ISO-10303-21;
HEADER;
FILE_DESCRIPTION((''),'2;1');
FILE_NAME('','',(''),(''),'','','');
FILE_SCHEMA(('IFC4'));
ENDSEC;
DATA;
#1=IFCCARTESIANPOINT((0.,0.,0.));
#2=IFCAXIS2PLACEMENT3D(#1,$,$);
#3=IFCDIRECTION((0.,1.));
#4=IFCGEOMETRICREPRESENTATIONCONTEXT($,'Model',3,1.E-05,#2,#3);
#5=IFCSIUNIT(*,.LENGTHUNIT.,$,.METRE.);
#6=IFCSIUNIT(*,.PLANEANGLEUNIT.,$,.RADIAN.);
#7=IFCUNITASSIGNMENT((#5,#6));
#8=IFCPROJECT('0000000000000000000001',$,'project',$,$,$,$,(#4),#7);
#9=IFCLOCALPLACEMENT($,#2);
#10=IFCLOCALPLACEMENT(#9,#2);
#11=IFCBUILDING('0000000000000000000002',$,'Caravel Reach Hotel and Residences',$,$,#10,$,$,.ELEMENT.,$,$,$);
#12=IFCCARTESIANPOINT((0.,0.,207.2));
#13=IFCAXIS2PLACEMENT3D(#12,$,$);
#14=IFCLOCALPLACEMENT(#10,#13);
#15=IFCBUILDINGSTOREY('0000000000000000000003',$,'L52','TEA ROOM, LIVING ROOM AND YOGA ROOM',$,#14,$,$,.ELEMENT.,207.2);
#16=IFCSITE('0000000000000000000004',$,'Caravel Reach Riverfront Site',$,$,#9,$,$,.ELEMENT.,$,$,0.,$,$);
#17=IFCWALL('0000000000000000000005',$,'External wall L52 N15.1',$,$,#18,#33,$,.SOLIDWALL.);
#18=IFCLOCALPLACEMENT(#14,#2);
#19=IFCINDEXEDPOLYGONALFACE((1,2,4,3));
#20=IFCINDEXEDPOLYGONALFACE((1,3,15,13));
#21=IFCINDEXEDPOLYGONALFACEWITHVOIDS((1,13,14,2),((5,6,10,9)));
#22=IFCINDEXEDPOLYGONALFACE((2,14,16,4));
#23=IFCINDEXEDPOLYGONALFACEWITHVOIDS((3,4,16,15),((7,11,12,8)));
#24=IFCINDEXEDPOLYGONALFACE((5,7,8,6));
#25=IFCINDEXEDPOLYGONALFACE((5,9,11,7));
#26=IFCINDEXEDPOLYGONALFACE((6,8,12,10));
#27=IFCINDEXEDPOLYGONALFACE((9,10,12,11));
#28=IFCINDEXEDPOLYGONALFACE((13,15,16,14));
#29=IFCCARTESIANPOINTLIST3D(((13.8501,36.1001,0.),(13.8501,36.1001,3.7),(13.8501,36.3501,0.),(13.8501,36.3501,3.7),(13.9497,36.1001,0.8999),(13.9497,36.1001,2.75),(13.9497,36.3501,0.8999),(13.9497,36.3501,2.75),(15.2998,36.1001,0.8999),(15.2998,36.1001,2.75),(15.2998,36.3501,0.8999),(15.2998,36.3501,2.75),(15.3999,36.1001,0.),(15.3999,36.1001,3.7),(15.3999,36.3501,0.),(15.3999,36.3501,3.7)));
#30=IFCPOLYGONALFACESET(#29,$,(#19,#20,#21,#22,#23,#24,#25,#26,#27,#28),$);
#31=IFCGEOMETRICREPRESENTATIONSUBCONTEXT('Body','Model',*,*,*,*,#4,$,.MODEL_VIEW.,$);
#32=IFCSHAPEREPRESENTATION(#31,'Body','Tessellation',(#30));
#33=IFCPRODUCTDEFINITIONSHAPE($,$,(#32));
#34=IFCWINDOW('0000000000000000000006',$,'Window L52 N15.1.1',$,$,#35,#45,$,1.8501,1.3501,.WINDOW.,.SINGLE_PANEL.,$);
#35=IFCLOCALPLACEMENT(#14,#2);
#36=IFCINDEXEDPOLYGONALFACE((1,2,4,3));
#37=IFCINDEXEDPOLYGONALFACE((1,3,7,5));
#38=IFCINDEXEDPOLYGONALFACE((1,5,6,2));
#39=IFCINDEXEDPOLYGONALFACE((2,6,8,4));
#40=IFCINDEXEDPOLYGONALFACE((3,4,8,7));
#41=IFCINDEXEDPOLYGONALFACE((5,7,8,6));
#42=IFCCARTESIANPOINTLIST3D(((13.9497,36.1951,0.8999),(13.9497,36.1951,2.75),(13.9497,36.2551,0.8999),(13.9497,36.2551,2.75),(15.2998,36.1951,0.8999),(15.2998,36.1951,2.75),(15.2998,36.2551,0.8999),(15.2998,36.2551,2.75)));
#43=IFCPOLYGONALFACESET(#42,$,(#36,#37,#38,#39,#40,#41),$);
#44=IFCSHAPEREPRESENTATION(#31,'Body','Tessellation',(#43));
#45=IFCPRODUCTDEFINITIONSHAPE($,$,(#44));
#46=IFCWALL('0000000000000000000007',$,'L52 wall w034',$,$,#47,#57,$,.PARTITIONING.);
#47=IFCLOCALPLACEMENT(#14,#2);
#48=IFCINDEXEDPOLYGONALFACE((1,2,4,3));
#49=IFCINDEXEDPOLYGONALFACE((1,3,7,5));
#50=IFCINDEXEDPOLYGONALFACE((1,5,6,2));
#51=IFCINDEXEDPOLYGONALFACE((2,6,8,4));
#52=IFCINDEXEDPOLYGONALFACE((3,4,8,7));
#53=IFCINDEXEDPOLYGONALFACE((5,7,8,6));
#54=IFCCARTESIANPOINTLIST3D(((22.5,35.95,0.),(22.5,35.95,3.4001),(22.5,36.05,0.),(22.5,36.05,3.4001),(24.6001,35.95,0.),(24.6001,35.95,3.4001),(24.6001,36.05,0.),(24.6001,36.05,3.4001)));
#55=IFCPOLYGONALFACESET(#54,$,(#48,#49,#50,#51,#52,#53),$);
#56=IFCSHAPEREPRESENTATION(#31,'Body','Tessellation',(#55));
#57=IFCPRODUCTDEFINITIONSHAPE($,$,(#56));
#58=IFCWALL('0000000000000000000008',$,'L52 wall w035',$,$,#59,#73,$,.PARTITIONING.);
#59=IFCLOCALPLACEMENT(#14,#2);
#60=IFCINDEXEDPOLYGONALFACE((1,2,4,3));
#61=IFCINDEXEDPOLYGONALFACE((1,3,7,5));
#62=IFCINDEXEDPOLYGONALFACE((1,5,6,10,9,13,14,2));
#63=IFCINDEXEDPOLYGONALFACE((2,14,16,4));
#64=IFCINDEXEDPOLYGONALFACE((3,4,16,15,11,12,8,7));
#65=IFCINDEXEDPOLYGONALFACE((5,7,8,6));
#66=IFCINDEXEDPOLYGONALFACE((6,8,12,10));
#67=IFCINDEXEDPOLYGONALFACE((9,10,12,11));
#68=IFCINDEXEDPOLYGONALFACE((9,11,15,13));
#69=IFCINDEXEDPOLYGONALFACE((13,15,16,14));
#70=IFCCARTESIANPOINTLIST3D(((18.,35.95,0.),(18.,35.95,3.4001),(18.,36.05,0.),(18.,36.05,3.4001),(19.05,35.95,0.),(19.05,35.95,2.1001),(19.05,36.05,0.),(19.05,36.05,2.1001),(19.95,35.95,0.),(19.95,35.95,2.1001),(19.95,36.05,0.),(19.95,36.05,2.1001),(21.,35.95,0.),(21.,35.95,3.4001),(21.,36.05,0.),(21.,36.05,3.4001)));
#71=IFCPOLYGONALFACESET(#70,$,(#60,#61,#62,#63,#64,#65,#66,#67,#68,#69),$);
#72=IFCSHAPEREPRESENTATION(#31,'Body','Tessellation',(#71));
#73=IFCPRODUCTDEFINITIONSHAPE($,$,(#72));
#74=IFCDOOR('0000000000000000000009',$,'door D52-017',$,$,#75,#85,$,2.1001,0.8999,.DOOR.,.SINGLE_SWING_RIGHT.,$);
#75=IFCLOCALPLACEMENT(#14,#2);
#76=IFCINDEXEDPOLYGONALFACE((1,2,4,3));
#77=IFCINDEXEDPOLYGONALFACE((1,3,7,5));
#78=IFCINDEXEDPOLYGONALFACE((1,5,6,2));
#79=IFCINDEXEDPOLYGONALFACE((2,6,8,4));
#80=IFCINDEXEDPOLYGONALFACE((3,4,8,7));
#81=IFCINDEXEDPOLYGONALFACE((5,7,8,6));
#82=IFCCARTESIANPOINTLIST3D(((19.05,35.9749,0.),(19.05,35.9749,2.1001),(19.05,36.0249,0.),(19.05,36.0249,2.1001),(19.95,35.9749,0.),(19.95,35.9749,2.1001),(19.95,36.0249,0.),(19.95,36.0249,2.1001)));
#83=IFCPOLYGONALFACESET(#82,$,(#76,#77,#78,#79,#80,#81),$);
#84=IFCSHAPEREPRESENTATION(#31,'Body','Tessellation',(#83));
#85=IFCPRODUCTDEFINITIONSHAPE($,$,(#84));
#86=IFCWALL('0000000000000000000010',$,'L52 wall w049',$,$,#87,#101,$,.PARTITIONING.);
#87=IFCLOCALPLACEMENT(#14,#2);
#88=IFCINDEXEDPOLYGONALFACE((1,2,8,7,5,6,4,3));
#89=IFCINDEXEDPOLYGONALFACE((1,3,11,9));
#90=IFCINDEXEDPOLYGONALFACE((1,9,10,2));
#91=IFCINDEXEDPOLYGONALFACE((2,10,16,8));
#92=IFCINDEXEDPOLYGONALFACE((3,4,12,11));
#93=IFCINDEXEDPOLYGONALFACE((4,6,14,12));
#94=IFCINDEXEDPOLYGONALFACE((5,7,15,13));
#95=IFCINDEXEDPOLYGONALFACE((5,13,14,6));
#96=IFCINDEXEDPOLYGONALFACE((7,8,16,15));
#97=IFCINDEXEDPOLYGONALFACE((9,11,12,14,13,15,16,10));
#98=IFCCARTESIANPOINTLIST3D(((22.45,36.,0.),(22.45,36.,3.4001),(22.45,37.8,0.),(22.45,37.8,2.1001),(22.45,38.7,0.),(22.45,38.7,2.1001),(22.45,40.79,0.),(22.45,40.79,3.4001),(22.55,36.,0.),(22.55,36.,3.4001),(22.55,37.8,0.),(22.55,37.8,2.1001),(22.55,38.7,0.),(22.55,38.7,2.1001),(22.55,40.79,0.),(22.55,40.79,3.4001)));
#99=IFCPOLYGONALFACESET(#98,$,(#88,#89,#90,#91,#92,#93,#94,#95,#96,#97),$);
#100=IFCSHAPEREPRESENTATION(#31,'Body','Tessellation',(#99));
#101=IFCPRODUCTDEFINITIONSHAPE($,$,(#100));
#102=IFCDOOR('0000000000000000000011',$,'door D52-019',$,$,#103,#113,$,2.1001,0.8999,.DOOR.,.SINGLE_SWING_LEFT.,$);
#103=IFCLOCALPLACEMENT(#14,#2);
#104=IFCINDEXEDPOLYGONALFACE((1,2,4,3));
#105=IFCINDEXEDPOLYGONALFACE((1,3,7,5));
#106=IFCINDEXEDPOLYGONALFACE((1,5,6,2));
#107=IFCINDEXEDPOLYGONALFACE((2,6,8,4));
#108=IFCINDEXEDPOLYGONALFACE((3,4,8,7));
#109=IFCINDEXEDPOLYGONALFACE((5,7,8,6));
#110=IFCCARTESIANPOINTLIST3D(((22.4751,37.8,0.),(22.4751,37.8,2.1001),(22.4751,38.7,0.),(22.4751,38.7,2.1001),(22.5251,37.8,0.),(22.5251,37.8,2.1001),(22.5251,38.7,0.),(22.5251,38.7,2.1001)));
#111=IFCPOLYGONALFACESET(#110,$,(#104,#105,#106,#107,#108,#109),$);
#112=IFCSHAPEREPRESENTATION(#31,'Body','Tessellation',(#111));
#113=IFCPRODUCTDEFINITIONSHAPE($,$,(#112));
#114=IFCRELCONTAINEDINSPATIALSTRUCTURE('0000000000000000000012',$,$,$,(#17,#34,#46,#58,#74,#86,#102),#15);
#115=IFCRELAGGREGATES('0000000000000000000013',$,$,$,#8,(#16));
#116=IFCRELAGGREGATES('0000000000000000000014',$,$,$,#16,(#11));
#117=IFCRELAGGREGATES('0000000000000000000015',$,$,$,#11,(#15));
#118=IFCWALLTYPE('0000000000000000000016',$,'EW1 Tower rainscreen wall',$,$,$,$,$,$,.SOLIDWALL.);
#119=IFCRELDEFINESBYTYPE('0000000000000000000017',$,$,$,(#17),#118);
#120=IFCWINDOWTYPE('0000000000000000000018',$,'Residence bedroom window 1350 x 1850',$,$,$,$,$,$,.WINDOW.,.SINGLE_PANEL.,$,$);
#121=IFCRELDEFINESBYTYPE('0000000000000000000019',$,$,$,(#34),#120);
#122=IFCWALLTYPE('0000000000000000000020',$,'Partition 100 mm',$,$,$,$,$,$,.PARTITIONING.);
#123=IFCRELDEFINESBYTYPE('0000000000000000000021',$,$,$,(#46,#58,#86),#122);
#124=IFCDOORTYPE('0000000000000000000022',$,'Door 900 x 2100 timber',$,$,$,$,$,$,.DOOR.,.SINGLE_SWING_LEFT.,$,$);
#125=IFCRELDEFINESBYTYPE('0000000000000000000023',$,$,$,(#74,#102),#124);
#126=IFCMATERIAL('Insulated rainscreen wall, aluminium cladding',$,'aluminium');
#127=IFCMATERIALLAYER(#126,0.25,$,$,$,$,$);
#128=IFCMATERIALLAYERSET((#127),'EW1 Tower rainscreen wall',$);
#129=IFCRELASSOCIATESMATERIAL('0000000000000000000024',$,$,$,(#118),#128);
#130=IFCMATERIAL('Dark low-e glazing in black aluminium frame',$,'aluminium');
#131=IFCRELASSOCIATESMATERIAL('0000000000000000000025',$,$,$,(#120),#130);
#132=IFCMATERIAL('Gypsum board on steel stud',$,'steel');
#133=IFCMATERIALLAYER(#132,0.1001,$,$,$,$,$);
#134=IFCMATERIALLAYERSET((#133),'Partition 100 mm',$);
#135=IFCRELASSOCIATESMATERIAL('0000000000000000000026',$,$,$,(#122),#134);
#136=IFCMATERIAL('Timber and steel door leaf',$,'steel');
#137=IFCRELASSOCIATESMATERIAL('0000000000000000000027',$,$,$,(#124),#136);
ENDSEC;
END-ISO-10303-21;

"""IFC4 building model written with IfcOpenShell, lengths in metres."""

from ifc_helpers import new_model, si_unit, direction, frame, frame_2d, origin, place, context, subcontext, project, spatial, rectangle, extrude, material, layer, layer_set, type_object, element, fill, save


model = new_model("IFC4")

# Units and contexts
model_context = context("Model", 3, precision=1e-05, world=origin(), true_north=direction((0.0, 1.0)))
body_context = subcontext(model_context, "Body", "Model", "MODEL_VIEW")
ifc_project = project(units=[si_unit("LENGTHUNIT", "METRE"), si_unit("PLANEANGLEUNIT", "RADIAN")], contexts=[model_context])

# Site, building, storey
site_placement = place(None, origin())
site = spatial("IfcSite", under=ifc_project, at=site_placement, Name="Caravel Reach Riverfront Site", CompositionType="ELEMENT", RefElevation=0.0)
building_placement = place(site_placement, origin())
building = spatial("IfcBuilding", under=site, at=building_placement, Name="Caravel Reach Hotel and Residences", CompositionType="ELEMENT")
storey_placement = place(building_placement, frame((0.0, 0.0, 207.2)))
storey = spatial("IfcBuildingStorey", under=building, at=storey_placement, Name="L52", Description="TEA ROOM, LIVING ROOM AND YOGA ROOM", CompositionType="ELEMENT", Elevation=207.2)

# Wall, opening, window
ifc_material_1 = material(Name="Insulated rainscreen wall, aluminium cladding", Category="aluminium")
ifc_layer_1 = layer(ifc_material_1, 0.25)
ifc_layer_set_1 = layer_set([ifc_layer_1], Name="EW1 Tower rainscreen wall")
wall_type_1 = type_object("IfcWallType", Name="EW1 Tower rainscreen wall", PredefinedType="SOLIDWALL", material=ifc_layer_set_1)
ifc_material_2 = material(Name="Dark low-e glazing in black aluminium frame", Category="aluminium")
window_type = type_object("IfcWindowType", Name="Residence bedroom window 1350 x 1850", PartitioningType="SINGLE_PANEL", PredefinedType="WINDOW", material=ifc_material_2)
wall_1_placement = place(storey_placement, frame((15.3999, 36.2251, 0.0), z_axis=(0.0, 0.0, 1.0), x_axis=(-1.0, 0.0, 0.0)))
wall_1 = element("IfcWall", 1, at=wall_1_placement, inside=storey, type_object=wall_type_1, Name="External wall L52 N15.1", PredefinedType="SOLIDWALL", context=body_context, shape_type="SweptSolid", body=[
    extrude(rectangle(XDim=1.5498, YDim=0.25, at=frame_2d((0.7749, 0.0))), origin(), (0.0, 0.0, 1.0), 3.7),
])
opening_1_placement = place(wall_1_placement, frame((0.1001, 0.0, 0.8999)))
opening_1 = element("IfcOpeningElement", 2, at=opening_1_placement, cuts=wall_1, PredefinedType="OPENING", context=body_context, shape_type="SweptSolid", body=[
    extrude(rectangle(XDim=1.3501, YDim=1.8501, at=frame_2d((0.675, 0.925))), frame((0.0, 0.135, 0.0), z_axis=(0.0, -1.0, 0.0), x_axis=(1.0, 0.0, 0.0)), (0.0, 0.0, 1.0), 0.27),
])
window_1_placement = place(opening_1_placement, origin())
window_1 = element("IfcWindow", 3, at=window_1_placement, inside=storey, type_object=window_type, Name="Window L52 N15.1.1", OverallHeight=1.8501, OverallWidth=1.3501, PartitioningType="SINGLE_PANEL", PredefinedType="WINDOW", context=body_context, shape_type="SweptSolid", body=[
    extrude(rectangle(XDim=1.3501, YDim=1.8501, at=frame_2d((0.675, 0.925))), frame((0.0, 0.03, 0.0), z_axis=(0.0, -1.0, 0.0), x_axis=(1.0, 0.0, 0.0)), (0.0, 0.0, 1.0), 0.0601),
])
fill(opening_1, window_1)

# Wall
ifc_material_3 = material(Name="Gypsum board on steel stud", Category="steel")
ifc_layer_2 = layer(ifc_material_3, 0.1001)
ifc_layer_set_2 = layer_set([ifc_layer_2], Name="Partition 100 mm")
wall_type_2 = type_object("IfcWallType", Name="Partition 100 mm", PredefinedType="PARTITIONING", material=ifc_layer_set_2)
wall_2_placement = place(storey_placement, frame((22.5, 36.0, 0.0), z_axis=(0.0, 0.0, 1.0), x_axis=(1.0, 0.0, 0.0)))
element("IfcWall", 4, at=wall_2_placement, inside=storey, type_object=wall_type_2, Name="L52 wall w034", PredefinedType="PARTITIONING", context=body_context, shape_type="SweptSolid", body=[
    extrude(rectangle(XDim=2.1001, YDim=0.1001, at=frame_2d((1.05, 0.0))), origin(), (0.0, 0.0, 1.0), 3.4001),
])

# Walls, openings, doors
wall_3_placement = place(storey_placement, frame((18.0, 36.0, 0.0), z_axis=(0.0, 0.0, 1.0), x_axis=(1.0, 0.0, 0.0)))
wall_3 = element("IfcWall", 5, at=wall_3_placement, inside=storey, type_object=wall_type_2, Name="L52 wall w035", PredefinedType="PARTITIONING", context=body_context, shape_type="SweptSolid", body=[
    extrude(rectangle(XDim=3.0, YDim=0.1001, at=frame_2d((1.5, 0.0))), origin(), (0.0, 0.0, 1.0), 3.4001),
])
opening_2_placement = place(wall_3_placement, frame((1.05, 0.0, 0.0)))
opening_2 = element("IfcOpeningElement", 6, at=opening_2_placement, cuts=wall_3, PredefinedType="OPENING", context=body_context, shape_type="SweptSolid", body=[
    extrude(rectangle(XDim=0.8999, YDim=2.1001, at=frame_2d((0.45, 1.05))), frame((0.0, 0.0601, 0.0), z_axis=(0.0, -1.0, 0.0), x_axis=(1.0, 0.0, 0.0)), (0.0, 0.0, 1.0), 0.1201),
])
ifc_material_4 = material(Name="Timber and steel door leaf", Category="steel")
door_type = type_object("IfcDoorType", Name="Door 900 x 2100 timber", OperationType="SINGLE_SWING_LEFT", PredefinedType="DOOR", material=ifc_material_4)
door_1_placement = place(opening_2_placement, origin())
door_1 = element("IfcDoor", 7, at=door_1_placement, inside=storey, type_object=door_type, Name="door D52-017", OperationType="SINGLE_SWING_RIGHT", OverallHeight=2.1001, OverallWidth=0.8999, PredefinedType="DOOR", context=body_context, shape_type="SweptSolid", body=[
    extrude(rectangle(XDim=0.8999, YDim=2.1001, at=frame_2d((0.45, 1.05))), frame((0.0, 0.0249, 0.0), z_axis=(0.0, -1.0, 0.0), x_axis=(1.0, 0.0, 0.0)), (0.0, 0.0, 1.0), 0.05),
])
fill(opening_2, door_1)
wall_4_placement = place(storey_placement, frame((22.5, 36.0, 0.0), z_axis=(0.0, 0.0, 1.0), x_axis=(0.0, 1.0, 0.0)))
wall_4 = element("IfcWall", 8, at=wall_4_placement, inside=storey, type_object=wall_type_2, Name="L52 wall w049", PredefinedType="PARTITIONING", context=body_context, shape_type="SweptSolid", body=[
    extrude(rectangle(XDim=4.79, YDim=0.1001, at=frame_2d((2.395, 0.0))), origin(), (0.0, 0.0, 1.0), 3.4001),
])
opening_3_placement = place(wall_4_placement, frame((1.8, 0.0, 0.0)))
opening_3 = element("IfcOpeningElement", 9, at=opening_3_placement, cuts=wall_4, PredefinedType="OPENING", context=body_context, shape_type="SweptSolid", body=[
    extrude(rectangle(XDim=0.8999, YDim=2.1001, at=frame_2d((0.45, 1.05))), frame((0.0, 0.0601, 0.0), z_axis=(0.0, -1.0, 0.0), x_axis=(1.0, 0.0, 0.0)), (0.0, 0.0, 1.0), 0.1201),
])
door_2_placement = place(opening_3_placement, origin())
door_2 = element("IfcDoor", 10, at=door_2_placement, inside=storey, type_object=door_type, Name="door D52-019", OperationType="SINGLE_SWING_LEFT", OverallHeight=2.1001, OverallWidth=0.8999, PredefinedType="DOOR", context=body_context, shape_type="SweptSolid", body=[
    extrude(rectangle(XDim=0.8999, YDim=2.1001, at=frame_2d((0.45, 1.05))), frame((0.0, 0.0249, 0.0), z_axis=(0.0, -1.0, 0.0), x_axis=(1.0, 0.0, 0.0)), (0.0, 0.0, 1.0), 0.05),
])
fill(opening_3, door_2)

save(model, "model.ifc")
